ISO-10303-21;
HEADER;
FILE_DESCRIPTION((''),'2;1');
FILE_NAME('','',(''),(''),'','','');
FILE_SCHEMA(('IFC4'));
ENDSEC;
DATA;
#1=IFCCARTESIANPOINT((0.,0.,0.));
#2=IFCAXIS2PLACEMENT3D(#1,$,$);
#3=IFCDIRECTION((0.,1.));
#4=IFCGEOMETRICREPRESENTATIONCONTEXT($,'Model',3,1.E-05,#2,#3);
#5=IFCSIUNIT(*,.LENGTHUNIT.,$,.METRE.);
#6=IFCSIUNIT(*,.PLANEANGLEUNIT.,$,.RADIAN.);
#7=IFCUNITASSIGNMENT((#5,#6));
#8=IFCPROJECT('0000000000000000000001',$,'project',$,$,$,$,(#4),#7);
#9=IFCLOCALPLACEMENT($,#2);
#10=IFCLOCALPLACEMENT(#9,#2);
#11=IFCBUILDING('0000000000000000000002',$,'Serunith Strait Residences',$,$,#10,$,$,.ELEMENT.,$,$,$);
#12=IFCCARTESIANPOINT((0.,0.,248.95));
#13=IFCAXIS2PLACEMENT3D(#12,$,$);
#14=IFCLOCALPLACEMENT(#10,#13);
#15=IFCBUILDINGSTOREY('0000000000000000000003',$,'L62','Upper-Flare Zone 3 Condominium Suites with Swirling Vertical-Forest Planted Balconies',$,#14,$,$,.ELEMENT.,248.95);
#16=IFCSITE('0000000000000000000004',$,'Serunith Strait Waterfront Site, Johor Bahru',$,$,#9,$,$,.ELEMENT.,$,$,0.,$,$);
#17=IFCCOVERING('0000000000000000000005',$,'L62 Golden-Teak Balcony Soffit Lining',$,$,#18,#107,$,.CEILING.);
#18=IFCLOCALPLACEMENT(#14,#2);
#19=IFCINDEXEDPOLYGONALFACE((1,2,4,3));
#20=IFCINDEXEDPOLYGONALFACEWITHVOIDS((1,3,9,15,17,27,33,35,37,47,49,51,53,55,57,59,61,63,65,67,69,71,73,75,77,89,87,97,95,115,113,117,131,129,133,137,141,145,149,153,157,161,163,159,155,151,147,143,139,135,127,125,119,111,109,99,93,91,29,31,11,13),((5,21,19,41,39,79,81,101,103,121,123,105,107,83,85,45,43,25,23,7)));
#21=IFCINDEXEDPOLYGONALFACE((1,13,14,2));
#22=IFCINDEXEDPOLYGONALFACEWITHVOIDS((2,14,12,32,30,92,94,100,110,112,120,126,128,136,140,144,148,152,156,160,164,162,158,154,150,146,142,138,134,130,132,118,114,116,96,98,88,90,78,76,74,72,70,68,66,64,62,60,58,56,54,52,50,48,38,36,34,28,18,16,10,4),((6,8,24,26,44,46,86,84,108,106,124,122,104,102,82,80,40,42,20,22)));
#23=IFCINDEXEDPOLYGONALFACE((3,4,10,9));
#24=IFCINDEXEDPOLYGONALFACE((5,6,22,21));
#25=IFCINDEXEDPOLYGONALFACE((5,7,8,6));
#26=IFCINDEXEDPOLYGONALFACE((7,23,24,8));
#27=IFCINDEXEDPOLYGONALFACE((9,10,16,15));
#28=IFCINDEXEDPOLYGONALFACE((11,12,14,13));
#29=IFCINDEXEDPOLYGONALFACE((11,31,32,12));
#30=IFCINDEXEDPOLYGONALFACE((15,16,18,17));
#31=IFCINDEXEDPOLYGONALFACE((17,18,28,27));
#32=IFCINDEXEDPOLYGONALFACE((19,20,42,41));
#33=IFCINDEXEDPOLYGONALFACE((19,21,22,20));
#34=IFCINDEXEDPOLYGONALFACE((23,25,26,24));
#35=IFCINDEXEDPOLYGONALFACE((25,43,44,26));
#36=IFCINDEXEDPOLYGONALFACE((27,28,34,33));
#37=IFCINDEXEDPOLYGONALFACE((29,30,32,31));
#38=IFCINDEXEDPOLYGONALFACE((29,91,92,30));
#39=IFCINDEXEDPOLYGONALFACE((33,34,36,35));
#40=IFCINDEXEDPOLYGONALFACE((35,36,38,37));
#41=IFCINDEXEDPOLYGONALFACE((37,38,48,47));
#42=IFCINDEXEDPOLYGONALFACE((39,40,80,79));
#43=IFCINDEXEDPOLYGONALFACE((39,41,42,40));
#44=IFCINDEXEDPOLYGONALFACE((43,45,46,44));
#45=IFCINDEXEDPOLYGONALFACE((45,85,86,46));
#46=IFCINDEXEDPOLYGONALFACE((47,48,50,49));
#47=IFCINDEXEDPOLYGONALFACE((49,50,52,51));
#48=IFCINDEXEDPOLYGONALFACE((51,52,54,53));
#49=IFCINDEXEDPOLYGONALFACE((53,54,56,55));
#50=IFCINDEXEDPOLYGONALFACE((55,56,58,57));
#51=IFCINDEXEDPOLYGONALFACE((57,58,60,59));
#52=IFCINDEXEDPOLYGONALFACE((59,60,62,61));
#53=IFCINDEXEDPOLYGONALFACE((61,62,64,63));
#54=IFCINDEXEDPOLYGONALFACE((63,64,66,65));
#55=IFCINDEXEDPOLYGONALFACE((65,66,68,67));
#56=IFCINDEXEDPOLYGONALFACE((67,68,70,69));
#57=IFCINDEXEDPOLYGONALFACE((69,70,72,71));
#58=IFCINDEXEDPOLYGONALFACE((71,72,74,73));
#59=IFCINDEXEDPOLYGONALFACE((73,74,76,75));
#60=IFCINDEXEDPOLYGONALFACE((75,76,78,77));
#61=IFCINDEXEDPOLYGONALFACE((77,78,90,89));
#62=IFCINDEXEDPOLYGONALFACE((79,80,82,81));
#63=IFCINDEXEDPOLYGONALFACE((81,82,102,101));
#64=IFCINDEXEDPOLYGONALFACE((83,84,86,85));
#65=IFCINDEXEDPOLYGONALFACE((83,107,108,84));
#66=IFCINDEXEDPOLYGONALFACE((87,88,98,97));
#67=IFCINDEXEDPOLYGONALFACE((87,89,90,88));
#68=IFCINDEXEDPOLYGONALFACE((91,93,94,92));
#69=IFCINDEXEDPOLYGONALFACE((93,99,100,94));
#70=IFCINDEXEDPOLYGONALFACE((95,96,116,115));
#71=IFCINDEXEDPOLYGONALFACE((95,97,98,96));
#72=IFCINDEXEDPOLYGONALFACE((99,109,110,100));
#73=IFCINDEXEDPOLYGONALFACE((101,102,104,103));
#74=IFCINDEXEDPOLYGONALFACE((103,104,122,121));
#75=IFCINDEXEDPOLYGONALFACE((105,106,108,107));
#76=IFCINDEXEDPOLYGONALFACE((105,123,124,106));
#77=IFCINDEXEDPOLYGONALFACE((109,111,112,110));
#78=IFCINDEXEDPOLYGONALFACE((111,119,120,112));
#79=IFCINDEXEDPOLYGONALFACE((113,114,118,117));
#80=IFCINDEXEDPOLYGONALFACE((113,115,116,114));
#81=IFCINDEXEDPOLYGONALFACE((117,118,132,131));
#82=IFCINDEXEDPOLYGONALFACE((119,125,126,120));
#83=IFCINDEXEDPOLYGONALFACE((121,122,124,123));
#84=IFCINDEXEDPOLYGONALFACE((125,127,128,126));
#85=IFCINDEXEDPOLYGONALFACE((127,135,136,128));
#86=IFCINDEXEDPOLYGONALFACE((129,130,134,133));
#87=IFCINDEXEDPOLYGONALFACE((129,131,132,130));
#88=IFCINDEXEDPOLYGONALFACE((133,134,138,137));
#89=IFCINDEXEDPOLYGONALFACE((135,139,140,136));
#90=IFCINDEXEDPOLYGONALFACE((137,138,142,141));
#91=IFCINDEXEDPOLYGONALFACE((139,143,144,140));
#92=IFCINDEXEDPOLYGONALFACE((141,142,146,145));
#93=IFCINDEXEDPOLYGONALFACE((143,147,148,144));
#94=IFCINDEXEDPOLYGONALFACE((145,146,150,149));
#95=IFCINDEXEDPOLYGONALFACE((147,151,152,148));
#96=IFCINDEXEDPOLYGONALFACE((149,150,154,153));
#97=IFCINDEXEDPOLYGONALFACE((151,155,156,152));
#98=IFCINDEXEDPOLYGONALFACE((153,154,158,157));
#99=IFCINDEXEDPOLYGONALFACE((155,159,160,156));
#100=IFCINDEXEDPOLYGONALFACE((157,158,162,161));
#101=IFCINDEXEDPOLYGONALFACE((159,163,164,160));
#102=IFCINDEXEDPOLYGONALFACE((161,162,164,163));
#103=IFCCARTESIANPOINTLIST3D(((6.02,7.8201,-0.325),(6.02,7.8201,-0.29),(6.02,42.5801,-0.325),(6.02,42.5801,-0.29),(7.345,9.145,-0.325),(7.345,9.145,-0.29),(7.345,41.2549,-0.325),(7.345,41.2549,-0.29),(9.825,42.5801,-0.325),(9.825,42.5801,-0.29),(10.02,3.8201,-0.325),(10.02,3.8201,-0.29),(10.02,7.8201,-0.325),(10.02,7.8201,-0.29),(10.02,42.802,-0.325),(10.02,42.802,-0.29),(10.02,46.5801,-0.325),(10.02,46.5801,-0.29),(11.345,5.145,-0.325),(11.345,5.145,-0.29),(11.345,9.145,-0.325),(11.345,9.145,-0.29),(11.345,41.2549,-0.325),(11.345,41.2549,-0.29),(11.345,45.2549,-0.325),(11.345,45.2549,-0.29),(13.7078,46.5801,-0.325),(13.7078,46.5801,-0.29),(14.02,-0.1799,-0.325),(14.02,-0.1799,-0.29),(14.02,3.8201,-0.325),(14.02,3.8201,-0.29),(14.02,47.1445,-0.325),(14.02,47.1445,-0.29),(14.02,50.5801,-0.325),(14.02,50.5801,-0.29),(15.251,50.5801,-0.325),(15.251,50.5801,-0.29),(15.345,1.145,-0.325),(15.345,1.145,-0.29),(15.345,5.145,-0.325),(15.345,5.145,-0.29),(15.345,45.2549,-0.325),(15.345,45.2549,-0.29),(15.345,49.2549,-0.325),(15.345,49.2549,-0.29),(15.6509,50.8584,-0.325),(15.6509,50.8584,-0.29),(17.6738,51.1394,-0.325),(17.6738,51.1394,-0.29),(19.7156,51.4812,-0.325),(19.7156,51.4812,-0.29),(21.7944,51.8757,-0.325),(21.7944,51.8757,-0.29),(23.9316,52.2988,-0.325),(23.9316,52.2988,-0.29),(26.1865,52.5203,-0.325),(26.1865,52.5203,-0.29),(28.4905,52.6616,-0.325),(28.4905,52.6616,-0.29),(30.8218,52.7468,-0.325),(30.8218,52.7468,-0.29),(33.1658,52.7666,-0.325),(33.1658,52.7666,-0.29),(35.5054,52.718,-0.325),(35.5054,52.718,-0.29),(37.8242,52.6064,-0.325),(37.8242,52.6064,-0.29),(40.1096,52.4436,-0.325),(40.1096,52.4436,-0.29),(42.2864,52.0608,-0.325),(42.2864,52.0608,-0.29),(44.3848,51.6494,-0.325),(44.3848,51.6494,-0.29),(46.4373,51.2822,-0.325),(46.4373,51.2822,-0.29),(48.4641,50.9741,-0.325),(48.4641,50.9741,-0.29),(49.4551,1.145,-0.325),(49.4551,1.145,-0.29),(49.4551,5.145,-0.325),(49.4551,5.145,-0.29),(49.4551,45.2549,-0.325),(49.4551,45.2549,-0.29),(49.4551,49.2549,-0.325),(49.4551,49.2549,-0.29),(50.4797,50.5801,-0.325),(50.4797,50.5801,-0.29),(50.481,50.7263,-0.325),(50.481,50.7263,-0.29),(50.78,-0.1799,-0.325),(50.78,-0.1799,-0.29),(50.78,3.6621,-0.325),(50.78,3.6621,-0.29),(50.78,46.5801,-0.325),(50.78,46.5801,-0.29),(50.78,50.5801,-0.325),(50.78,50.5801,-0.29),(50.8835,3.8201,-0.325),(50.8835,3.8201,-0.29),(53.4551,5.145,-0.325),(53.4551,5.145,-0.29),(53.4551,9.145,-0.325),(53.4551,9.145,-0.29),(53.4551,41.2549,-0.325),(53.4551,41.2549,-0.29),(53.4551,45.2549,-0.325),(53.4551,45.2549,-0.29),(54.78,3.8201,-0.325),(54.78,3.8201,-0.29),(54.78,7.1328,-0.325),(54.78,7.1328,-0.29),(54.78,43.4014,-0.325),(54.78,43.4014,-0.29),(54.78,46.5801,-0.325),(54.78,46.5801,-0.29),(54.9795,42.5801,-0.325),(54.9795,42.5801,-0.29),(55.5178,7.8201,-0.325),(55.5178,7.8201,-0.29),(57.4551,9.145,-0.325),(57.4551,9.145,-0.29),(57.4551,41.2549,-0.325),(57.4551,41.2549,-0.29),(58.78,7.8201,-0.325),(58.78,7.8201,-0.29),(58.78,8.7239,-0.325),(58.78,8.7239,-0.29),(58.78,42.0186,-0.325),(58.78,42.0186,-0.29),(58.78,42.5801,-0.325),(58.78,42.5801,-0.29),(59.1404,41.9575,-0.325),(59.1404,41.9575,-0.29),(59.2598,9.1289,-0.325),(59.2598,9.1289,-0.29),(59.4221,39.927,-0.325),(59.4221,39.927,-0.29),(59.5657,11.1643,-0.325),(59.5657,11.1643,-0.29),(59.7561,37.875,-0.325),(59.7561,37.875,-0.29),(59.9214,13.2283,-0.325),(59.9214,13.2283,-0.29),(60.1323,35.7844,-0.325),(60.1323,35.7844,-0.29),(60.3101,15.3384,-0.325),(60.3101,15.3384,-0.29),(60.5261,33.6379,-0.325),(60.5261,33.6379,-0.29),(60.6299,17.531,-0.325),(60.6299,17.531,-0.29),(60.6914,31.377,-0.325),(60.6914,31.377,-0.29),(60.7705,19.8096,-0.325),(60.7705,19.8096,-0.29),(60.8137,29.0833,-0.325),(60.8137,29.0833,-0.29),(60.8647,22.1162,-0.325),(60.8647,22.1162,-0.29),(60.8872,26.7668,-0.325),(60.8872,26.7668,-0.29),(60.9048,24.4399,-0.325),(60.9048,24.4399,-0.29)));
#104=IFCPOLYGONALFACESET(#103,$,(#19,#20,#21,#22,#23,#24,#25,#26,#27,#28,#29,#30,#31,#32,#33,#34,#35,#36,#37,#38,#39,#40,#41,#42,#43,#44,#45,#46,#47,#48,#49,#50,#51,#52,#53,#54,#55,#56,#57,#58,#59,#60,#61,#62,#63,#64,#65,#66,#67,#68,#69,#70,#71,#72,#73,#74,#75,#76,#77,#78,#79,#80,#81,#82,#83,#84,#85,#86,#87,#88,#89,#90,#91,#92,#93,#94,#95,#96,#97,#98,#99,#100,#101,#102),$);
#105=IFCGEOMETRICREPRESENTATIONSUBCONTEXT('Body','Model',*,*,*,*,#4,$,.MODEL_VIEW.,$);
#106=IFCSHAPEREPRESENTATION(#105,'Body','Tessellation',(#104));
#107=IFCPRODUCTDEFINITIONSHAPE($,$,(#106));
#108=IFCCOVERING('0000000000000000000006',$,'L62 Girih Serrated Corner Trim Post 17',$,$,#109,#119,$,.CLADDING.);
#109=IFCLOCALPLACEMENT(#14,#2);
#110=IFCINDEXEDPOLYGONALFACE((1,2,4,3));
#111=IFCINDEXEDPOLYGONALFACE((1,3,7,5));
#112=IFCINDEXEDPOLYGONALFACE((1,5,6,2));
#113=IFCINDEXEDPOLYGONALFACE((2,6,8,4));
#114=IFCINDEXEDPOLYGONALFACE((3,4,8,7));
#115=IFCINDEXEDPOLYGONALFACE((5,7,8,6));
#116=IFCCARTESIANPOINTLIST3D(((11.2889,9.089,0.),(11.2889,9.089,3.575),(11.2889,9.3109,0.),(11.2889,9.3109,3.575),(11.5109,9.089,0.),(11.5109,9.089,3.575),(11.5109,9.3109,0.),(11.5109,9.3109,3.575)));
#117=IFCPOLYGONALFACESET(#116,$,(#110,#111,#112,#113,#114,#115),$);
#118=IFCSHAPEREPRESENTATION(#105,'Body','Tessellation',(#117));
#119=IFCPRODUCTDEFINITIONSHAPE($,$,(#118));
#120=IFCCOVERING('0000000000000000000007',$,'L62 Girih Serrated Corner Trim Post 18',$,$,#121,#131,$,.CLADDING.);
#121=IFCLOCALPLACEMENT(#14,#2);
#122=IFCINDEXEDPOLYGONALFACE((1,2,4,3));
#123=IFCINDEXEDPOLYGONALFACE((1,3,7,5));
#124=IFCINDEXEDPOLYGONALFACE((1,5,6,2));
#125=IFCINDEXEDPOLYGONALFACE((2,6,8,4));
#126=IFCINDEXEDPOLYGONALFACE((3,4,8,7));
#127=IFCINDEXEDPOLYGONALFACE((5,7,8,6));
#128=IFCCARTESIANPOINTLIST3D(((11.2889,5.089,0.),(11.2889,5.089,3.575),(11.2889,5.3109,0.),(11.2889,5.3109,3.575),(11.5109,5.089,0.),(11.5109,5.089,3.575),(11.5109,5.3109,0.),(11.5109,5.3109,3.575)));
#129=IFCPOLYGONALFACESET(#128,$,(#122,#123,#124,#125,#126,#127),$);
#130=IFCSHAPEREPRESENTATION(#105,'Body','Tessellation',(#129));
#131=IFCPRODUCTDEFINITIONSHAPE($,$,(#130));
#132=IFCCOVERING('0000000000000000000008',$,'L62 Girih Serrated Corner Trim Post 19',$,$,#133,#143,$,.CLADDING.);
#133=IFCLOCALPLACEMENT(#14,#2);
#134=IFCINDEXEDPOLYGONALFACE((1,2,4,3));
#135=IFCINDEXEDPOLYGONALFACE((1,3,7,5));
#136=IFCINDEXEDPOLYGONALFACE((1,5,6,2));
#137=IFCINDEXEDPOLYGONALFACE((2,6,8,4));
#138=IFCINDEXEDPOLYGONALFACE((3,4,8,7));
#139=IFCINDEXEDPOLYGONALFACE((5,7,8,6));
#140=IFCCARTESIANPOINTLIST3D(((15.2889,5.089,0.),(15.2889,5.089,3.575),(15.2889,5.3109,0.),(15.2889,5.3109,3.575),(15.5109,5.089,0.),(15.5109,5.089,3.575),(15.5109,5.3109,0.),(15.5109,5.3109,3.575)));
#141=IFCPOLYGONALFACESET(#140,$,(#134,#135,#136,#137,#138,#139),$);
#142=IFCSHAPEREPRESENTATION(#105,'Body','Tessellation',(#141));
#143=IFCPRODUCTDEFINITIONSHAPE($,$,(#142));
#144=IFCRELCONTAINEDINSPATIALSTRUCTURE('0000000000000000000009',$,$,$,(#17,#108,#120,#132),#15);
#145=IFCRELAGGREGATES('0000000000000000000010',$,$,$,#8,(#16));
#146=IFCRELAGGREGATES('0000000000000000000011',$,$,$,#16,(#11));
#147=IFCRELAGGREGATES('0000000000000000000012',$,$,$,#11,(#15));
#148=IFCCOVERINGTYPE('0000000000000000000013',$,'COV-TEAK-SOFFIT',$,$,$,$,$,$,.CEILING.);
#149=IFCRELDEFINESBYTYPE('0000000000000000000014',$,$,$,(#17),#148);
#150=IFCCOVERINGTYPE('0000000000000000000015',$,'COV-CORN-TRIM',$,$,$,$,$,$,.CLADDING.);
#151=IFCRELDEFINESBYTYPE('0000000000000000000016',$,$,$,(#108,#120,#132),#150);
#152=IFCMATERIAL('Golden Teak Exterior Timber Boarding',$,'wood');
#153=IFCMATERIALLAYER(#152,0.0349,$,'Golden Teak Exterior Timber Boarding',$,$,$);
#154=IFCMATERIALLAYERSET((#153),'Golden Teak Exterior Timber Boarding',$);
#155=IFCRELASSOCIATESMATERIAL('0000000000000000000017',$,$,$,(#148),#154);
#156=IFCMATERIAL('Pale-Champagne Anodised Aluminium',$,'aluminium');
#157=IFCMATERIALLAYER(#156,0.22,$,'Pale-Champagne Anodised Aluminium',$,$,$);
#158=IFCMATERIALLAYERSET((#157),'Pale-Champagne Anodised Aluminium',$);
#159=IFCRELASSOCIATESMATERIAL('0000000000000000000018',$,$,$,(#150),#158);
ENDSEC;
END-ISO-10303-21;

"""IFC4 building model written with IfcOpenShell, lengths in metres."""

from ifc_helpers import new_model, si_unit, direction, frame, origin, origin_2d, place, context, subcontext, project, spatial, polyline, rectangle, outline, extrude, source, transform, mapped, material, layer, layer_set, type_object, element, save


model = new_model("IFC4")

# Units and contexts
model_context = context("Model", 3, precision=1e-05, world=origin(), true_north=direction((0.0, 1.0)))
body_context = subcontext(model_context, "Body", "Model", "MODEL_VIEW")
ifc_project = project(units=[si_unit("LENGTHUNIT", "METRE"), si_unit("PLANEANGLEUNIT", "RADIAN")], contexts=[model_context])

# Site, building, storey
site_placement = place(None, origin())
site = spatial("IfcSite", under=ifc_project, at=site_placement, Name="Serunith Strait Waterfront Site, Johor Bahru", CompositionType="ELEMENT", RefElevation=0.0)
building_placement = place(site_placement, origin())
building = spatial("IfcBuilding", under=site, at=building_placement, Name="Serunith Strait Residences", CompositionType="ELEMENT")
storey_placement = place(building_placement, frame((0.0, 0.0, 248.95)))
storey = spatial("IfcBuildingStorey", under=building, at=storey_placement, Name="L62", Description="Upper-Flare Zone 3 Condominium Suites with Swirling Vertical-Forest Planted Balconies", CompositionType="ELEMENT", Elevation=248.95)

# Shared definitions
ifc_material_1 = material(Name="Pale-Champagne Anodised Aluminium", Category="aluminium")

# Covering
ifc_material_2 = material(Name="Golden Teak Exterior Timber Boarding", Category="wood")
ifc_layer_1 = layer(ifc_material_2, 0.0349, Name="Golden Teak Exterior Timber Boarding")
ifc_layer_set_1 = layer_set([ifc_layer_1], Name="Golden Teak Exterior Timber Boarding")
covering_type_1 = type_object("IfcCoveringType", Name="COV-TEAK-SOFFIT", PredefinedType="CEILING", material=ifc_layer_set_1)
covering_placement = place(storey_placement, frame((0.0, 0.0, -0.325)))
element("IfcCovering", 1, at=covering_placement, inside=storey, type_object=covering_type_1, Name="L62 Golden-Teak Balcony Soffit Lining", PredefinedType="CEILING", context=body_context, shape_type="SweptSolid", body=[
    extrude(outline(polyline([(10.02, 46.5801), (13.7078, 46.5801), (14.02, 47.1445), (14.02, 50.5801), (15.251, 50.5801), (15.6509, 50.8584), (17.6738, 51.1394), (19.7156, 51.4812), (21.7944, 51.8757), (23.9316, 52.2988), (26.1865, 52.5203), (28.4905, 52.6616), (30.8218, 52.7468), (33.1658, 52.7666), (35.5054, 52.718), (37.8242, 52.6064), (40.1096, 52.4436), (42.2864, 52.0608), (44.3848, 51.6494), (46.4373, 51.2822), (48.4641, 50.9741), (50.481, 50.7263), (50.4797, 50.5801), (50.78, 50.5801), (50.78, 46.5801), (54.78, 46.5801), (54.78, 43.4014), (54.9795, 42.5801), (58.78, 42.5801), (58.78, 42.0186), (59.1404, 41.9575), (59.4221, 39.927), (59.7561, 37.875), (60.1323, 35.7844), (60.5261, 33.6379), (60.6914, 31.377), (60.8137, 29.0833), (60.8872, 26.7668), (60.9048, 24.4399), (60.8647, 22.1162), (60.7705, 19.8096), (60.6299, 17.531), (60.3101, 15.3384), (59.9214, 13.2283), (59.5657, 11.1643), (59.2598, 9.1289), (58.78, 8.7239), (58.78, 7.8201), (55.5178, 7.8201), (54.78, 7.1328), (54.78, 3.8201), (50.8835, 3.8201), (50.78, 3.6621), (50.78, -0.1799), (14.02, -0.1799), (14.02, 3.8201), (10.02, 3.8201), (10.02, 7.8201), (6.02, 7.8201), (6.02, 42.5801), (9.825, 42.5801), (10.02, 42.802), (10.02, 46.5801)]), holes=[polyline([(49.4551, 1.145), (49.4551, 5.145), (53.4551, 5.145), (53.4551, 9.145), (57.4551, 9.145), (57.4551, 41.2549), (53.4551, 41.2549), (53.4551, 45.2549), (49.4551, 45.2549), (49.4551, 49.2549), (15.345, 49.2549), (15.345, 45.2549), (11.345, 45.2549), (11.345, 41.2549), (7.345, 41.2549), (7.345, 9.145), (11.345, 9.145), (11.345, 5.145), (15.345, 5.145), (15.345, 1.145), (49.4551, 1.145)])]), origin(), (0.0, 0.0, 1.0), 0.0349),
])

# Coverings
ifc_layer_2 = layer(ifc_material_1, 0.22, Name="Pale-Champagne Anodised Aluminium")
ifc_layer_set_2 = layer_set([ifc_layer_2], Name="Pale-Champagne Anodised Aluminium")
covering_type_2 = type_object("IfcCoveringType", Name="COV-CORN-TRIM", PredefinedType="CLADDING", material=ifc_layer_set_2)
shared_shape_1 = source(origin(), body_context, "Body", "SweptSolid", [
    extrude(rectangle(XDim=0.2219, YDim=0.2219, at=origin_2d()), origin(), (0.0, 0.0, 1.0), 3.575),
])
for number, where, z_axis, x_axis, name in (
    (2, (11.3999, 9.2, 0.0), (0.0, 0.0, 1.0), (1.0, 0.0, 0.0), "L62 Girih Serrated Corner Trim Post 17"),
    (3, (11.3999, 5.2, 0.0), (0.0, 0.0, 1.0), (1.0, 0.0, 0.0), "L62 Girih Serrated Corner Trim Post 18"),
    (4, (15.3999, 5.2, 0.0), (0.0, 0.0, 1.0), (1.0, 0.0, 0.0), "L62 Girih Serrated Corner Trim Post 19"),
):
    element("IfcCovering", number, at=place(storey_placement, frame(where, z_axis=z_axis, x_axis=x_axis)), inside=storey, type_object=covering_type_2, Name=name, PredefinedType="CLADDING", context=body_context, shape_type="MappedRepresentation", body=[
        mapped(shared_shape_1, transform((0.0, 0.0, 0.0), scale=1.0)),
    ])

save(model, "model.ifc")
